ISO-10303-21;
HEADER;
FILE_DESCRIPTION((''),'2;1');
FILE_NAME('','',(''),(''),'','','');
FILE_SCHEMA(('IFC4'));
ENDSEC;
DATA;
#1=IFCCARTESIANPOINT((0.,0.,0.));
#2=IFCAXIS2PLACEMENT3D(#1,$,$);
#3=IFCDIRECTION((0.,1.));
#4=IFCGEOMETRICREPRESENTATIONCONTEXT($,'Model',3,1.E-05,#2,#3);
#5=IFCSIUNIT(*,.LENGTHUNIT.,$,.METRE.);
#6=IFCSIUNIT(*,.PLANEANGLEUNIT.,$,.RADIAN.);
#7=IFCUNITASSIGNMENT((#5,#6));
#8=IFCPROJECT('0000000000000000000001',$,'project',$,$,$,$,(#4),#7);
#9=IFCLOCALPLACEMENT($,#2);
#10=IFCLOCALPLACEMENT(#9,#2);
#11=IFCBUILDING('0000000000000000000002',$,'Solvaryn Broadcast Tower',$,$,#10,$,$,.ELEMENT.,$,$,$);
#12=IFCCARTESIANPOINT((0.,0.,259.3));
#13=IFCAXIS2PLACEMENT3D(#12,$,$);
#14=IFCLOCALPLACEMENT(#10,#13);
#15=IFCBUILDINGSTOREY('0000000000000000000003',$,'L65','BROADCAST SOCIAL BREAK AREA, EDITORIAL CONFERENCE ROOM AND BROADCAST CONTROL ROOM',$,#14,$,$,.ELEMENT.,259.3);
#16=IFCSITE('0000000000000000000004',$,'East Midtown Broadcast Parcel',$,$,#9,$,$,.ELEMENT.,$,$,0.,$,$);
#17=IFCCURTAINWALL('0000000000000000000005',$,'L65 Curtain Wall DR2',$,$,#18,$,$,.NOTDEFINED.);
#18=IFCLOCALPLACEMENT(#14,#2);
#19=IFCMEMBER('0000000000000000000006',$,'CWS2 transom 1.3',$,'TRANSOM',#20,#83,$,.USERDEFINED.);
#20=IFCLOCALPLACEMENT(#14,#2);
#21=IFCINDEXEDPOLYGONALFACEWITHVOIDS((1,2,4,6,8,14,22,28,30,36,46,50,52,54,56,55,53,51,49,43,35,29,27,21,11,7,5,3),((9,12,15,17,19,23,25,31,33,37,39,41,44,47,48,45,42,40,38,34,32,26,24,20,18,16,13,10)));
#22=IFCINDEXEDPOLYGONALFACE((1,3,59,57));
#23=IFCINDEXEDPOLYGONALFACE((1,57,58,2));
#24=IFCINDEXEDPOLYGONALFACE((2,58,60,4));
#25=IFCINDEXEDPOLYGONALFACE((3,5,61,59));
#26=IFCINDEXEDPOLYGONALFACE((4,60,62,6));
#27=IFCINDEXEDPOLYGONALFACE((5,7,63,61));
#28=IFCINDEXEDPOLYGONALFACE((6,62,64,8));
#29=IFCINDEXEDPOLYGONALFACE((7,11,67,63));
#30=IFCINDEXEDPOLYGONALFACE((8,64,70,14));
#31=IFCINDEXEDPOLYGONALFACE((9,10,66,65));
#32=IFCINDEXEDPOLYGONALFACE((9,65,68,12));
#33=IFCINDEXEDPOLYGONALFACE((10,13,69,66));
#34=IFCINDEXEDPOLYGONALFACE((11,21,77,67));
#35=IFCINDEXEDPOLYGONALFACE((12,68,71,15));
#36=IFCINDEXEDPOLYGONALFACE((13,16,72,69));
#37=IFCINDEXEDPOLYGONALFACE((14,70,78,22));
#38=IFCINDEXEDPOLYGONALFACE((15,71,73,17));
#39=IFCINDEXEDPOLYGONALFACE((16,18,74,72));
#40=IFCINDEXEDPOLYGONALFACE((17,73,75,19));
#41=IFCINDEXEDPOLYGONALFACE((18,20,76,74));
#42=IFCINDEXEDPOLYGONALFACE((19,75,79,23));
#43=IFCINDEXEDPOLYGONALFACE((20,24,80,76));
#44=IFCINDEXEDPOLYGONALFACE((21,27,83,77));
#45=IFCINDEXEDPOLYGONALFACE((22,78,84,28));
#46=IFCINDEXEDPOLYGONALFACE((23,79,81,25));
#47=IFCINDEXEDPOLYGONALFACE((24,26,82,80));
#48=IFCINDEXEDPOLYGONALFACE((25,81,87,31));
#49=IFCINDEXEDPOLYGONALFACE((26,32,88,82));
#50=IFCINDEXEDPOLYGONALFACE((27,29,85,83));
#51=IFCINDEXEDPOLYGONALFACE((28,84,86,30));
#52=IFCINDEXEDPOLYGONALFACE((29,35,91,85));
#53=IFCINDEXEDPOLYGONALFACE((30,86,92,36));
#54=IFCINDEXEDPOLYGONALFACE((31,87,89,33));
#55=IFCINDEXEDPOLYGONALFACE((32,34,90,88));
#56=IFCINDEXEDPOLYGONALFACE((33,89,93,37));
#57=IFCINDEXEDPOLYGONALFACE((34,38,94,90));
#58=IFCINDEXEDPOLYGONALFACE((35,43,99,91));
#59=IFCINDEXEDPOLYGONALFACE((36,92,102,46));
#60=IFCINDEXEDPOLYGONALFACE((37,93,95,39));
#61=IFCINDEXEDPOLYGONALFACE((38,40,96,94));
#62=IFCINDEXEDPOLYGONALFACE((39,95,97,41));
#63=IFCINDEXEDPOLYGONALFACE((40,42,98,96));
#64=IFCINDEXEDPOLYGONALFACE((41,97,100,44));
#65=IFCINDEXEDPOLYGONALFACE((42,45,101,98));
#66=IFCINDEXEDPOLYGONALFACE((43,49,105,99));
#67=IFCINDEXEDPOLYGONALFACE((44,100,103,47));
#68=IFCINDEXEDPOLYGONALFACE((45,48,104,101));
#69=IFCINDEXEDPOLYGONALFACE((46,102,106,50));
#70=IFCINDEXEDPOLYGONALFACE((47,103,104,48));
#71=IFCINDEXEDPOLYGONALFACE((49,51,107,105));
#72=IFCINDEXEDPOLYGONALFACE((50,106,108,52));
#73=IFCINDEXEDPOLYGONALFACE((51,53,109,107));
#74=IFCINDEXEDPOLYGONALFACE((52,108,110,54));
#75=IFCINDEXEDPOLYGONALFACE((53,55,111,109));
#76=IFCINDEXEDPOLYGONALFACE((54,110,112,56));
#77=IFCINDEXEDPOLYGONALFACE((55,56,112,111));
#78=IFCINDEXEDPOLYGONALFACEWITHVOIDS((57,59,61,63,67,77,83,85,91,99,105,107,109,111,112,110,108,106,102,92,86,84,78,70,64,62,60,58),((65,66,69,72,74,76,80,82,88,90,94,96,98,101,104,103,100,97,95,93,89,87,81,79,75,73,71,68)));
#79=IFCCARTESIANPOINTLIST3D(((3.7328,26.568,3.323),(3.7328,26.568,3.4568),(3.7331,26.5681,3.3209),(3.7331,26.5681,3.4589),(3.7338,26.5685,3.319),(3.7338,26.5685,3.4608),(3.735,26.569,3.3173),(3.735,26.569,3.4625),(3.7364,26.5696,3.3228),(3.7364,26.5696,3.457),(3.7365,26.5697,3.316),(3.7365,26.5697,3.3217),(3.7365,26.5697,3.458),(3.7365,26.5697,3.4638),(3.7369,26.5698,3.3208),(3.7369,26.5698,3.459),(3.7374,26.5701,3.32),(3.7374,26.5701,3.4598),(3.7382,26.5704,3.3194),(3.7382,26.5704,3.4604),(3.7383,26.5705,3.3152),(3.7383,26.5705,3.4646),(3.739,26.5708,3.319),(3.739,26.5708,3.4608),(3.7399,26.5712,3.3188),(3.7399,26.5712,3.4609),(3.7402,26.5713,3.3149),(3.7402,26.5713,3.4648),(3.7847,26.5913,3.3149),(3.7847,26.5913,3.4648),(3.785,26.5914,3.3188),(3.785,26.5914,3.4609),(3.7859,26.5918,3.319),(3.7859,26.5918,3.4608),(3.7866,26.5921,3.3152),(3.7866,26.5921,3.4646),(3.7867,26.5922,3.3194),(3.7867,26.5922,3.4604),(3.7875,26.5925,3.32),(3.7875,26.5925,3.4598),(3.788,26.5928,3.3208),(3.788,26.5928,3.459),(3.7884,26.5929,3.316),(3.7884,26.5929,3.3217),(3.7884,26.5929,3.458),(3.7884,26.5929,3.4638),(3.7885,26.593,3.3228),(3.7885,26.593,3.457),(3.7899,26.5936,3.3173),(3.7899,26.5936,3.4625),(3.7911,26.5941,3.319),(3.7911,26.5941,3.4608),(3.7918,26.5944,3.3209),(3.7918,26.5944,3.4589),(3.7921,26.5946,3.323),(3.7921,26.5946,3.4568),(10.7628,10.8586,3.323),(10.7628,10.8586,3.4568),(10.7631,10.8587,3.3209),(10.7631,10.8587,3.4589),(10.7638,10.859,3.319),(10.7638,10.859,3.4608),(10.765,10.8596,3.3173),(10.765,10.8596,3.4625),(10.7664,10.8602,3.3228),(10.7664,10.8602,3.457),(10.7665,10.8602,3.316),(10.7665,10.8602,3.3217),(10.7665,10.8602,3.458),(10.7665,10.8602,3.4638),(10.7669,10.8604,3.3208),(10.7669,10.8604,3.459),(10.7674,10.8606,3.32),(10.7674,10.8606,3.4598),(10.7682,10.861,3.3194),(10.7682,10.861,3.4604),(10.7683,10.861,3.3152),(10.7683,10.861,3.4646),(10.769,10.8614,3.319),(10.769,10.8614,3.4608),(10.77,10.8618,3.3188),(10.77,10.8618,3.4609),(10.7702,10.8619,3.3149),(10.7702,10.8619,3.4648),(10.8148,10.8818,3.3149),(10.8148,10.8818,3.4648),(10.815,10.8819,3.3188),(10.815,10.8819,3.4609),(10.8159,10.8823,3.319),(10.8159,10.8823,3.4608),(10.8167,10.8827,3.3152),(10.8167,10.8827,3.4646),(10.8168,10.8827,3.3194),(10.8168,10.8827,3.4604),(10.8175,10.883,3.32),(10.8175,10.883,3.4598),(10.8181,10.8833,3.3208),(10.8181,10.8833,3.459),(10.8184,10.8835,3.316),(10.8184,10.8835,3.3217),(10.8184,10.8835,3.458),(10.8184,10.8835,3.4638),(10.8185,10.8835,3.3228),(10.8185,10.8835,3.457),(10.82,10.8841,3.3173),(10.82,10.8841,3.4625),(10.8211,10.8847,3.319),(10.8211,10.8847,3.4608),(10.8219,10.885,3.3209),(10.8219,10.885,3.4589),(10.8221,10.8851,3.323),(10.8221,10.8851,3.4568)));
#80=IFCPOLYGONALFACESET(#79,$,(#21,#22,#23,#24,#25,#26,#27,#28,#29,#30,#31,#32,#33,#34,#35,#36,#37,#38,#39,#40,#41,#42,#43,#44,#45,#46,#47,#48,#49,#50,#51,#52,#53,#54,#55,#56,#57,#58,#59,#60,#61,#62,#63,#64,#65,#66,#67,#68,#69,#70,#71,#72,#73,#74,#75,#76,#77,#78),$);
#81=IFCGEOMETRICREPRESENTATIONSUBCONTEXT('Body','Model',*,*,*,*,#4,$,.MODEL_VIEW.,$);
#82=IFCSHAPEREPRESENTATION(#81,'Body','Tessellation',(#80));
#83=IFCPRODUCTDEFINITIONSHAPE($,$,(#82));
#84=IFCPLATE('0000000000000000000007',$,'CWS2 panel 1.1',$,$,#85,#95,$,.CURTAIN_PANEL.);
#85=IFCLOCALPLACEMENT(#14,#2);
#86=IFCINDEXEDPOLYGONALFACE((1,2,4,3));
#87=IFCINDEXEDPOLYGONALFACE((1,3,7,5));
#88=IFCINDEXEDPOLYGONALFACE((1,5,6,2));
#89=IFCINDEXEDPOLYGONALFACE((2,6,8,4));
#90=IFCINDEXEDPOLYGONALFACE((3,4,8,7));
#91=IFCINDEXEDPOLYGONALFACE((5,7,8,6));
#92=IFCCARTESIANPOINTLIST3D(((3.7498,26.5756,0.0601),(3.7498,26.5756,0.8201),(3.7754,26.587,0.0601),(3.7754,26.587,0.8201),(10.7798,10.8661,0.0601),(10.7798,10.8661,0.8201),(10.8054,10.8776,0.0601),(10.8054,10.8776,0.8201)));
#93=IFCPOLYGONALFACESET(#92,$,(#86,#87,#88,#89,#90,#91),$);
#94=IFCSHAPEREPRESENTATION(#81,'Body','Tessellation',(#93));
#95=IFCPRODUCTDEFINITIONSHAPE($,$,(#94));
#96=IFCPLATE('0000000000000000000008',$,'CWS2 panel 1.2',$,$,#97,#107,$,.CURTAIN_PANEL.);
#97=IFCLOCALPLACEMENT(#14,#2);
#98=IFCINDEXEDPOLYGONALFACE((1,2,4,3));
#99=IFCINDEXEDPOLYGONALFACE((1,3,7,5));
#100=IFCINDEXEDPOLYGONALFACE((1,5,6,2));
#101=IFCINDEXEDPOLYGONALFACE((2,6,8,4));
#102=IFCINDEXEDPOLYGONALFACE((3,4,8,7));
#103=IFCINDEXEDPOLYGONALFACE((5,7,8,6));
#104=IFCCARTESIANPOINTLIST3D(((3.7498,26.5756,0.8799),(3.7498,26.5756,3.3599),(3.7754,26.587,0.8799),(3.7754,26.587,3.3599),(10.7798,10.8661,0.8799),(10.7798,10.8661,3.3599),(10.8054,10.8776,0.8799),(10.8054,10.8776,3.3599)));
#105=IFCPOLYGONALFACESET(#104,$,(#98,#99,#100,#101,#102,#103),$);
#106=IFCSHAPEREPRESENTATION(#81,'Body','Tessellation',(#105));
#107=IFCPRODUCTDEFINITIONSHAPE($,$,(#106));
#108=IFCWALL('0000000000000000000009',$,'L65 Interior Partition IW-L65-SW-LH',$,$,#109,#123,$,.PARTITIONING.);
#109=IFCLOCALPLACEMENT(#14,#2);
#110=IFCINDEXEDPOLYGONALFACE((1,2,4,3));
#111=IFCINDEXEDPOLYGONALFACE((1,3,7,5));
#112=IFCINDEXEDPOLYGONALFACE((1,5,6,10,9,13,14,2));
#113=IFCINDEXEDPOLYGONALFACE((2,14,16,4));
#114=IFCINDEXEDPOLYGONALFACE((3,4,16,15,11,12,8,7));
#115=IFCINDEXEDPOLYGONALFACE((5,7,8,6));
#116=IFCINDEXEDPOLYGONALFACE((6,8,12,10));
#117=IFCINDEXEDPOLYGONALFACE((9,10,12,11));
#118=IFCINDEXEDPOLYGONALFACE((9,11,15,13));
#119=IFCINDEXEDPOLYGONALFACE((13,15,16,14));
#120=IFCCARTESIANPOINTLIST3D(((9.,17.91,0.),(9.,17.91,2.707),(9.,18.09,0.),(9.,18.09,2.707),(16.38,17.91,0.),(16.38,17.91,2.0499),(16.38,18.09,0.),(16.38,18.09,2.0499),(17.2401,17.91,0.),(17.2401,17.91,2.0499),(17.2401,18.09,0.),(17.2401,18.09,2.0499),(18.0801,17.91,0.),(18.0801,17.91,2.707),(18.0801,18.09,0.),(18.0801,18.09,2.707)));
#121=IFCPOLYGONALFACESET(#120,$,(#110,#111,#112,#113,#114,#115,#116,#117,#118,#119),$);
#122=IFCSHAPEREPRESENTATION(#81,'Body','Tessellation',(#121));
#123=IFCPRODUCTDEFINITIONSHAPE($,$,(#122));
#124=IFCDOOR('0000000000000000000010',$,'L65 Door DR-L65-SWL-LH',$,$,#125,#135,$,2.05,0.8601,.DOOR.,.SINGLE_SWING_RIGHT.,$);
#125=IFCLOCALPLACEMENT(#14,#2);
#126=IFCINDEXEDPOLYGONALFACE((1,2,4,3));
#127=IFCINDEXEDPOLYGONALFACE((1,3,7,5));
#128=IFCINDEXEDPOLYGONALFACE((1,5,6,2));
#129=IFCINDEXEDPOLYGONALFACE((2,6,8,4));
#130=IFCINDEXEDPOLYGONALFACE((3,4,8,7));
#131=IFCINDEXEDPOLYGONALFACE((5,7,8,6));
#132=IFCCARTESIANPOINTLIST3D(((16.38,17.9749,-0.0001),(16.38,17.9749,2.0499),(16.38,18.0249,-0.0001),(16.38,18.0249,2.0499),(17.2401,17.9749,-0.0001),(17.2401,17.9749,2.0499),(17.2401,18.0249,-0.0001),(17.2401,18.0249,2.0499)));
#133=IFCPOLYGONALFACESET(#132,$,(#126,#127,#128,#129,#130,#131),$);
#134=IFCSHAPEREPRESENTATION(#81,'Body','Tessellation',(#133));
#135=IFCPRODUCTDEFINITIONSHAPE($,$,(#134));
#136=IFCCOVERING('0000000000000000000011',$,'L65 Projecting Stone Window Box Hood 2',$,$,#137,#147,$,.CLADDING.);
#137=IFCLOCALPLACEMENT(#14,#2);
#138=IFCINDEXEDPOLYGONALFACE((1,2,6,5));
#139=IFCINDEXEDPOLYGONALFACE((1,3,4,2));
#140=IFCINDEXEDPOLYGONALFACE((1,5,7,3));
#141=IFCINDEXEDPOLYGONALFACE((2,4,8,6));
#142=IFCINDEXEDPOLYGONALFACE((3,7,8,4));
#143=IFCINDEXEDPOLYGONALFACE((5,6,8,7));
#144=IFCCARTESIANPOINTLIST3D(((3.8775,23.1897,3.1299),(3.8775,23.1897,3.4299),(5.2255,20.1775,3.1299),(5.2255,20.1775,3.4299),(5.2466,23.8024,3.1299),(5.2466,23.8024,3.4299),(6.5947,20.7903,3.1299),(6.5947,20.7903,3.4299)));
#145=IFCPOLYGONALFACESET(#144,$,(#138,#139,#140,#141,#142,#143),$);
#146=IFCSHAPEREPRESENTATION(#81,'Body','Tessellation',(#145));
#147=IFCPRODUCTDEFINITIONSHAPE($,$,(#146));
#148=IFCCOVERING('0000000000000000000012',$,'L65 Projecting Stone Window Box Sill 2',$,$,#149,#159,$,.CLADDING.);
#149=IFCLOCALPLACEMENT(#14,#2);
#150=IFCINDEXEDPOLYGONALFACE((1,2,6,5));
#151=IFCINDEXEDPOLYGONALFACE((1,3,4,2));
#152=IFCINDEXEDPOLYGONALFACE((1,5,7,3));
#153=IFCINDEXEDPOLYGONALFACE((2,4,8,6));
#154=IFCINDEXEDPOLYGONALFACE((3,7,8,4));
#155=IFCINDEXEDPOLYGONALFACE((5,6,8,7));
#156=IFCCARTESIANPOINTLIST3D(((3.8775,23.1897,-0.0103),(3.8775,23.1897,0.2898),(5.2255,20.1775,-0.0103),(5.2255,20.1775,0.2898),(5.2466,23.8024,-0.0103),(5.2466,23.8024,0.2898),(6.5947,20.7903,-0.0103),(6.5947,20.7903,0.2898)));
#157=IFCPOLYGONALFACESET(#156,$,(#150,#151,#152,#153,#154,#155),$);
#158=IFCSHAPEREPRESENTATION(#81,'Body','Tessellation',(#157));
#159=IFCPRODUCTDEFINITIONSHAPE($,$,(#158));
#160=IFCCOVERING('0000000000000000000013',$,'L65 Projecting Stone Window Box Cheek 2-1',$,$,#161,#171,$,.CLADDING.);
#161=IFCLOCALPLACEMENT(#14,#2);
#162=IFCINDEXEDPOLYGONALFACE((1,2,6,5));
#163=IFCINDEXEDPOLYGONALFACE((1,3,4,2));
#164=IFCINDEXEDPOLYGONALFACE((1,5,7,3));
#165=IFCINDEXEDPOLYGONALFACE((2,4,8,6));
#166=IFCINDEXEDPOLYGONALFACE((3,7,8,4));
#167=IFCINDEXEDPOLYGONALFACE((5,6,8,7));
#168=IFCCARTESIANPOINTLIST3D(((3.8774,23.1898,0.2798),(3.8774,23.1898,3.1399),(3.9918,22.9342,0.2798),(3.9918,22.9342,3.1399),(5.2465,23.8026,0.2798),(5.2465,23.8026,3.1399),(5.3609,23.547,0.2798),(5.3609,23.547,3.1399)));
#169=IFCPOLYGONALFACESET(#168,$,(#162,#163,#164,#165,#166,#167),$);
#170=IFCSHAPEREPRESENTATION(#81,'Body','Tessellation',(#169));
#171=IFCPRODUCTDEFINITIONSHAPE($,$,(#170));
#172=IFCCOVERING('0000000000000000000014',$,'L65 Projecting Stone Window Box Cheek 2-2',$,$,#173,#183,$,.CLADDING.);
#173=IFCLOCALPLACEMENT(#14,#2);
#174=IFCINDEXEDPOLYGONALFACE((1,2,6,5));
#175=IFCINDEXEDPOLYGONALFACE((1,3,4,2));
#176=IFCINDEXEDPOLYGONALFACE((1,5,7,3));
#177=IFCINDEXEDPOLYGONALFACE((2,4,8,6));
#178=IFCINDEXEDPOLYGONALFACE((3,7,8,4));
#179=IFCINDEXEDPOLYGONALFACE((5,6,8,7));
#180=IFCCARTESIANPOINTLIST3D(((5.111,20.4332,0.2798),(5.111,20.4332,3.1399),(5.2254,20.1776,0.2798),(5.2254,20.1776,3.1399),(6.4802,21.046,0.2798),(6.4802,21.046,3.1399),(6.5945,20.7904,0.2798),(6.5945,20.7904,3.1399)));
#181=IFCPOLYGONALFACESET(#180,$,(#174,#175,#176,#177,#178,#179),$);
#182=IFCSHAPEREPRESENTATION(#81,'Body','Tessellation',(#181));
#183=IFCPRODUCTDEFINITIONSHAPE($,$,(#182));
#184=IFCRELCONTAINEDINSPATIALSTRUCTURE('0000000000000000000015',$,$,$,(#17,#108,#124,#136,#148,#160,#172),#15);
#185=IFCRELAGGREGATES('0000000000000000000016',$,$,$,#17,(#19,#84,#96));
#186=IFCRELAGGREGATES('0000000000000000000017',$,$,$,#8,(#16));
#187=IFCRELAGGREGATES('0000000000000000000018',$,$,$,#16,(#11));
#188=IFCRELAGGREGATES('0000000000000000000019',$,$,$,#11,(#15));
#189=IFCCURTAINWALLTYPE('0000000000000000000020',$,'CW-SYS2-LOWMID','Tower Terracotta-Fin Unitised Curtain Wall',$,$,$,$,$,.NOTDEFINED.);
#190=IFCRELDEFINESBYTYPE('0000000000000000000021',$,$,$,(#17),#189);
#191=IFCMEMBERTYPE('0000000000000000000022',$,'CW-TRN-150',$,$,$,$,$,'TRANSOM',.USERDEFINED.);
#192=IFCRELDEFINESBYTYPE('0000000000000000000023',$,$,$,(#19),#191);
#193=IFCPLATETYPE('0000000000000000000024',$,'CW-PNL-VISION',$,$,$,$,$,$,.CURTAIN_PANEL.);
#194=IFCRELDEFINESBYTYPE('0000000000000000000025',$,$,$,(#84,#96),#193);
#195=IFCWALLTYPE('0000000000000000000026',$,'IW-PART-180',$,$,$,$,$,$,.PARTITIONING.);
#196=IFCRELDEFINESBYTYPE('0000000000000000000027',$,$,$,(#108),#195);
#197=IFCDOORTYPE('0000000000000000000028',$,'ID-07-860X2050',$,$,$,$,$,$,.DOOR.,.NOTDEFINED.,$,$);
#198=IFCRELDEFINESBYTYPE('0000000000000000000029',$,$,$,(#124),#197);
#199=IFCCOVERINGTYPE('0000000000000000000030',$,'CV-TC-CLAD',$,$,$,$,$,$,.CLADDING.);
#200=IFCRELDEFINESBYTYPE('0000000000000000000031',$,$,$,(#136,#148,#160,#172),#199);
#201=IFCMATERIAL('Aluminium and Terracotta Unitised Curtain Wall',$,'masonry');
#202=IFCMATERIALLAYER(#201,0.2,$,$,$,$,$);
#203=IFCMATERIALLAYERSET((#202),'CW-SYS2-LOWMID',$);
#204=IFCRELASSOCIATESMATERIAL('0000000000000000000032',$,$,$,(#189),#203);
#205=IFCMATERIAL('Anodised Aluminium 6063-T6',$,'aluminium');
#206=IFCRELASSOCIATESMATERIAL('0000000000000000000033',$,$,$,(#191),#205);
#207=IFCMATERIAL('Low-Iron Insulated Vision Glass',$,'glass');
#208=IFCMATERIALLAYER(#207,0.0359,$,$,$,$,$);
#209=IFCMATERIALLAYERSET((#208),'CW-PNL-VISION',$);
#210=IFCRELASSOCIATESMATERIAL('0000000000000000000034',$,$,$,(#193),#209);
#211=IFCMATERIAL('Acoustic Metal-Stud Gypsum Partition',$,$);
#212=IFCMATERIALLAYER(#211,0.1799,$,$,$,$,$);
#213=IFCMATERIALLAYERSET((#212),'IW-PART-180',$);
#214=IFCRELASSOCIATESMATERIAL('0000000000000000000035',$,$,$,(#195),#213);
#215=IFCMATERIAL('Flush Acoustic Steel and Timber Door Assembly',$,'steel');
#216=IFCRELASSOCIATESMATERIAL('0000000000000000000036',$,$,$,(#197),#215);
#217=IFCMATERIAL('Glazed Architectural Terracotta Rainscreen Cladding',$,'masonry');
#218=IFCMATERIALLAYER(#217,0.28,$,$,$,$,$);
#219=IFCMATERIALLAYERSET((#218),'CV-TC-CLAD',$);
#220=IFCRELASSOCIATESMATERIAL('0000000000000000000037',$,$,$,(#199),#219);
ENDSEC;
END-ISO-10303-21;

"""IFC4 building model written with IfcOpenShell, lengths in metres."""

from ifc_helpers import new_model, si_unit, direction, frame, frame_2d, origin, origin_2d, place, context, subcontext, project, spatial, rectangle, hollow_rectangle, extrude, material, layer, layer_set, material_profile, profile_set, type_object, element, fill, aggregate, save


model = new_model("IFC4")

# Units and contexts
model_context = context("Model", 3, precision=1e-05, world=origin(), true_north=direction((0.0, 1.0)))
body_context = subcontext(model_context, "Body", "Model", "MODEL_VIEW")
ifc_project = project(units=[si_unit("LENGTHUNIT", "METRE"), si_unit("PLANEANGLEUNIT", "RADIAN")], contexts=[model_context])

# Site, building, storey
site_placement = place(None, origin())
site = spatial("IfcSite", under=ifc_project, at=site_placement, Name="East Midtown Broadcast Parcel", CompositionType="ELEMENT", RefElevation=0.0)
building_placement = place(site_placement, origin())
building = spatial("IfcBuilding", under=site, at=building_placement, Name="Solvaryn Broadcast Tower", CompositionType="ELEMENT")
storey_placement = place(building_placement, frame((0.0, 0.0, 259.3)))
storey = spatial("IfcBuildingStorey", under=building, at=storey_placement, Name="L65", Description="BROADCAST SOCIAL BREAK AREA, EDITORIAL CONFERENCE ROOM AND BROADCAST CONTROL ROOM", CompositionType="ELEMENT", Elevation=259.3)

# Shared definitions
ifc_material_1 = material(Name="Aluminium and Terracotta Unitised Curtain Wall", Category="masonry")
ifc_layer_1 = layer(ifc_material_1, 0.2)
ifc_layer_set_1 = layer_set([ifc_layer_1], Name="CW-SYS2-LOWMID")
curtain_wall_type = type_object("IfcCurtainWallType", Name="CW-SYS2-LOWMID", Description="Tower Terracotta-Fin Unitised Curtain Wall", PredefinedType="NOTDEFINED", material=ifc_layer_set_1)

# Curtain wall, member, plates
curtain_wall_1_placement = place(storey_placement, origin())
curtain_wall_1 = element("IfcCurtainWall", 1, at=curtain_wall_1_placement, inside=storey, type_object=curtain_wall_type, Name="L65 Curtain Wall DR2", PredefinedType="NOTDEFINED")
ifc_material_2 = material(Name="Anodised Aluminium 6063-T6", Category="aluminium")
ifc_material_profile_1 = material_profile(ifc_material_2, hollow_rectangle(XDim=0.0649, YDim=0.1499, WallThickness=0.0039, InnerFilletRadius=0.0039, OuterFilletRadius=0.0081, at=origin_2d()))
ifc_profile_set_1 = profile_set([ifc_material_profile_1], Name="Anodised Aluminium 6063-T6")
member_type_1 = type_object("IfcMemberType", Name="CW-TRN-150", ElementType="TRANSOM", PredefinedType="USERDEFINED", material=ifc_profile_set_1)
member_1_placement = place(storey_placement, frame((3.7625, 26.5813, 3.3899), z_axis=(0.408468, -0.912773, 0.0), x_axis=(0.912773, 0.408468, 0.0)))
member_1 = element("IfcMember", 2, at=member_1_placement, type_object=member_type_1, Name="CWS2 transom 1.3", ObjectType="TRANSOM", PredefinedType="USERDEFINED", context=body_context, shape_type="SweptSolid", body=[
    extrude(hollow_rectangle(XDim=0.0649, YDim=0.1499, WallThickness=0.0039, InnerFilletRadius=0.0039, OuterFilletRadius=0.0081, at=origin_2d()), origin(), (0.0, 0.0, 1.0), 17.2107),
])
ifc_material_3 = material(Name="Low-Iron Insulated Vision Glass", Category="glass")
ifc_layer_2 = layer(ifc_material_3, 0.0359)
ifc_layer_set_2 = layer_set([ifc_layer_2], Name="CW-PNL-VISION")
plate_type = type_object("IfcPlateType", Name="CW-PNL-VISION", PredefinedType="CURTAIN_PANEL", material=ifc_layer_set_2)
plate_1_placement = place(storey_placement, frame((7.2776, 18.7266, 0.0601), z_axis=(0.0, 0.0, 1.0), x_axis=(0.408466, -0.912774, 0.0)))
plate_1 = element("IfcPlate", 3, at=plate_1_placement, type_object=plate_type, Name="CWS2 panel 1.1", PredefinedType="CURTAIN_PANEL", context=body_context, shape_type="SweptSolid", body=[
    extrude(rectangle(XDim=17.2107, YDim=0.0281, at=origin_2d()), origin(), (0.0, 0.0, 1.0), 0.76),
])
plate_2_placement = place(storey_placement, frame((7.2776, 18.7266, 0.8799), z_axis=(0.0, 0.0, 1.0), x_axis=(0.408466, -0.912774, 0.0)))
plate_2 = element("IfcPlate", 4, at=plate_2_placement, type_object=plate_type, Name="CWS2 panel 1.2", PredefinedType="CURTAIN_PANEL", context=body_context, shape_type="SweptSolid", body=[
    extrude(rectangle(XDim=17.2107, YDim=0.0281, at=origin_2d()), origin(), (0.0, 0.0, 1.0), 2.48),
])
aggregate(curtain_wall_1, [member_1, plate_1, plate_2])

# Wall, opening, door
ifc_material_4 = material(Name="Acoustic Metal-Stud Gypsum Partition")
ifc_layer_3 = layer(ifc_material_4, 0.1799)
ifc_layer_set_3 = layer_set([ifc_layer_3], Name="IW-PART-180")
wall_type = type_object("IfcWallType", Name="IW-PART-180", PredefinedType="PARTITIONING", material=ifc_layer_set_3)
wall_placement = place(storey_placement, frame((9.0, 18.0, 0.0), z_axis=(0.0, 0.0, 1.0), x_axis=(1.0, 0.0, 0.0)))
wall = element("IfcWall", 5, at=wall_placement, inside=storey, type_object=wall_type, Name="L65 Interior Partition IW-L65-SW-LH", PredefinedType="PARTITIONING", context=body_context, shape_type="SweptSolid", body=[
    extrude(rectangle(XDim=9.0801, YDim=0.1799, at=frame_2d((4.54, 0.0))), origin(), (0.0, 0.0, 1.0), 2.707),
])
opening_placement = place(wall_placement, frame((7.3799, 0.0, 0.0)))
opening = element("IfcOpeningElement", 6, at=opening_placement, cuts=wall, PredefinedType="OPENING", context=body_context, shape_type="SweptSolid", body=[
    extrude(rectangle(XDim=0.8601, YDim=2.05, at=frame_2d((0.4302, 1.0249))), frame((0.0, 0.0999, 0.0), z_axis=(0.0, -1.0, 0.0), x_axis=(1.0, 0.0, 0.0)), (0.0, 0.0, 1.0), 0.2),
])
ifc_material_5 = material(Name="Flush Acoustic Steel and Timber Door Assembly", Category="steel")
door_type = type_object("IfcDoorType", Name="ID-07-860X2050", OperationType="NOTDEFINED", PredefinedType="DOOR", material=ifc_material_5)
door_placement = place(opening_placement, origin())
door = element("IfcDoor", 7, at=door_placement, inside=storey, type_object=door_type, Name="L65 Door DR-L65-SWL-LH", OperationType="SINGLE_SWING_RIGHT", OverallHeight=2.05, OverallWidth=0.8601, PredefinedType="DOOR", context=body_context, shape_type="SweptSolid", body=[
    extrude(rectangle(XDim=0.8601, YDim=2.05, at=frame_2d((0.4302, 1.0249))), frame((0.0, 0.0249, 0.0), z_axis=(0.0, -1.0, 0.0), x_axis=(1.0, 0.0, 0.0)), (0.0, 0.0, 1.0), 0.05),
])
fill(opening, door)

# Coverings
ifc_material_6 = material(Name="Glazed Architectural Terracotta Rainscreen Cladding", Category="masonry")
ifc_layer_4 = layer(ifc_material_6, 0.28)
ifc_layer_set_4 = layer_set([ifc_layer_4], Name="CV-TC-CLAD")
covering_type_1 = type_object("IfcCoveringType", Name="CV-TC-CLAD", PredefinedType="CLADDING", material=ifc_layer_set_4)
for number, where, z_axis, x_axis, name in (
    (8, (5.2361, 21.99, 3.1299), (0.0, 0.0, 1.0), (0.40849, -0.912763, 0.0), "L65 Projecting Stone Window Box Hood 2"),
    (9, (5.2361, 21.99, -0.0103), (0.0, 0.0, 1.0), (0.40849, -0.912763, 0.0), "L65 Projecting Stone Window Box Sill 2"),
):
    element("IfcCovering", number, at=place(storey_placement, frame(where, z_axis=z_axis, x_axis=x_axis)), inside=storey, type_object=covering_type_1, Name=name, PredefinedType="CLADDING", context=body_context, shape_type="SweptSolid", body=[
        extrude(rectangle(XDim=3.3, YDim=1.5, at=origin_2d()), origin(), (0.0, 0.0, 1.0), 0.3),
    ])
for number, where, z_axis, x_axis, name in (
    (10, (4.6191, 23.3684, 0.2798), (0.0, 0.0, 1.0), (0.40849, -0.912763, 0.0), "L65 Projecting Stone Window Box Cheek 2-1"),
    (11, (5.8528, 20.6118, 0.2798), (0.0, 0.0, 1.0), (0.40849, -0.912763, 0.0), "L65 Projecting Stone Window Box Cheek 2-2"),
):
    element("IfcCovering", number, at=place(storey_placement, frame(where, z_axis=z_axis, x_axis=x_axis)), inside=storey, type_object=covering_type_1, Name=name, PredefinedType="CLADDING", context=body_context, shape_type="SweptSolid", body=[
        extrude(rectangle(XDim=0.28, YDim=1.5, at=origin_2d()), origin(), (0.0, 0.0, 1.0), 2.8601),
    ])

save(model, "model.ifc")
